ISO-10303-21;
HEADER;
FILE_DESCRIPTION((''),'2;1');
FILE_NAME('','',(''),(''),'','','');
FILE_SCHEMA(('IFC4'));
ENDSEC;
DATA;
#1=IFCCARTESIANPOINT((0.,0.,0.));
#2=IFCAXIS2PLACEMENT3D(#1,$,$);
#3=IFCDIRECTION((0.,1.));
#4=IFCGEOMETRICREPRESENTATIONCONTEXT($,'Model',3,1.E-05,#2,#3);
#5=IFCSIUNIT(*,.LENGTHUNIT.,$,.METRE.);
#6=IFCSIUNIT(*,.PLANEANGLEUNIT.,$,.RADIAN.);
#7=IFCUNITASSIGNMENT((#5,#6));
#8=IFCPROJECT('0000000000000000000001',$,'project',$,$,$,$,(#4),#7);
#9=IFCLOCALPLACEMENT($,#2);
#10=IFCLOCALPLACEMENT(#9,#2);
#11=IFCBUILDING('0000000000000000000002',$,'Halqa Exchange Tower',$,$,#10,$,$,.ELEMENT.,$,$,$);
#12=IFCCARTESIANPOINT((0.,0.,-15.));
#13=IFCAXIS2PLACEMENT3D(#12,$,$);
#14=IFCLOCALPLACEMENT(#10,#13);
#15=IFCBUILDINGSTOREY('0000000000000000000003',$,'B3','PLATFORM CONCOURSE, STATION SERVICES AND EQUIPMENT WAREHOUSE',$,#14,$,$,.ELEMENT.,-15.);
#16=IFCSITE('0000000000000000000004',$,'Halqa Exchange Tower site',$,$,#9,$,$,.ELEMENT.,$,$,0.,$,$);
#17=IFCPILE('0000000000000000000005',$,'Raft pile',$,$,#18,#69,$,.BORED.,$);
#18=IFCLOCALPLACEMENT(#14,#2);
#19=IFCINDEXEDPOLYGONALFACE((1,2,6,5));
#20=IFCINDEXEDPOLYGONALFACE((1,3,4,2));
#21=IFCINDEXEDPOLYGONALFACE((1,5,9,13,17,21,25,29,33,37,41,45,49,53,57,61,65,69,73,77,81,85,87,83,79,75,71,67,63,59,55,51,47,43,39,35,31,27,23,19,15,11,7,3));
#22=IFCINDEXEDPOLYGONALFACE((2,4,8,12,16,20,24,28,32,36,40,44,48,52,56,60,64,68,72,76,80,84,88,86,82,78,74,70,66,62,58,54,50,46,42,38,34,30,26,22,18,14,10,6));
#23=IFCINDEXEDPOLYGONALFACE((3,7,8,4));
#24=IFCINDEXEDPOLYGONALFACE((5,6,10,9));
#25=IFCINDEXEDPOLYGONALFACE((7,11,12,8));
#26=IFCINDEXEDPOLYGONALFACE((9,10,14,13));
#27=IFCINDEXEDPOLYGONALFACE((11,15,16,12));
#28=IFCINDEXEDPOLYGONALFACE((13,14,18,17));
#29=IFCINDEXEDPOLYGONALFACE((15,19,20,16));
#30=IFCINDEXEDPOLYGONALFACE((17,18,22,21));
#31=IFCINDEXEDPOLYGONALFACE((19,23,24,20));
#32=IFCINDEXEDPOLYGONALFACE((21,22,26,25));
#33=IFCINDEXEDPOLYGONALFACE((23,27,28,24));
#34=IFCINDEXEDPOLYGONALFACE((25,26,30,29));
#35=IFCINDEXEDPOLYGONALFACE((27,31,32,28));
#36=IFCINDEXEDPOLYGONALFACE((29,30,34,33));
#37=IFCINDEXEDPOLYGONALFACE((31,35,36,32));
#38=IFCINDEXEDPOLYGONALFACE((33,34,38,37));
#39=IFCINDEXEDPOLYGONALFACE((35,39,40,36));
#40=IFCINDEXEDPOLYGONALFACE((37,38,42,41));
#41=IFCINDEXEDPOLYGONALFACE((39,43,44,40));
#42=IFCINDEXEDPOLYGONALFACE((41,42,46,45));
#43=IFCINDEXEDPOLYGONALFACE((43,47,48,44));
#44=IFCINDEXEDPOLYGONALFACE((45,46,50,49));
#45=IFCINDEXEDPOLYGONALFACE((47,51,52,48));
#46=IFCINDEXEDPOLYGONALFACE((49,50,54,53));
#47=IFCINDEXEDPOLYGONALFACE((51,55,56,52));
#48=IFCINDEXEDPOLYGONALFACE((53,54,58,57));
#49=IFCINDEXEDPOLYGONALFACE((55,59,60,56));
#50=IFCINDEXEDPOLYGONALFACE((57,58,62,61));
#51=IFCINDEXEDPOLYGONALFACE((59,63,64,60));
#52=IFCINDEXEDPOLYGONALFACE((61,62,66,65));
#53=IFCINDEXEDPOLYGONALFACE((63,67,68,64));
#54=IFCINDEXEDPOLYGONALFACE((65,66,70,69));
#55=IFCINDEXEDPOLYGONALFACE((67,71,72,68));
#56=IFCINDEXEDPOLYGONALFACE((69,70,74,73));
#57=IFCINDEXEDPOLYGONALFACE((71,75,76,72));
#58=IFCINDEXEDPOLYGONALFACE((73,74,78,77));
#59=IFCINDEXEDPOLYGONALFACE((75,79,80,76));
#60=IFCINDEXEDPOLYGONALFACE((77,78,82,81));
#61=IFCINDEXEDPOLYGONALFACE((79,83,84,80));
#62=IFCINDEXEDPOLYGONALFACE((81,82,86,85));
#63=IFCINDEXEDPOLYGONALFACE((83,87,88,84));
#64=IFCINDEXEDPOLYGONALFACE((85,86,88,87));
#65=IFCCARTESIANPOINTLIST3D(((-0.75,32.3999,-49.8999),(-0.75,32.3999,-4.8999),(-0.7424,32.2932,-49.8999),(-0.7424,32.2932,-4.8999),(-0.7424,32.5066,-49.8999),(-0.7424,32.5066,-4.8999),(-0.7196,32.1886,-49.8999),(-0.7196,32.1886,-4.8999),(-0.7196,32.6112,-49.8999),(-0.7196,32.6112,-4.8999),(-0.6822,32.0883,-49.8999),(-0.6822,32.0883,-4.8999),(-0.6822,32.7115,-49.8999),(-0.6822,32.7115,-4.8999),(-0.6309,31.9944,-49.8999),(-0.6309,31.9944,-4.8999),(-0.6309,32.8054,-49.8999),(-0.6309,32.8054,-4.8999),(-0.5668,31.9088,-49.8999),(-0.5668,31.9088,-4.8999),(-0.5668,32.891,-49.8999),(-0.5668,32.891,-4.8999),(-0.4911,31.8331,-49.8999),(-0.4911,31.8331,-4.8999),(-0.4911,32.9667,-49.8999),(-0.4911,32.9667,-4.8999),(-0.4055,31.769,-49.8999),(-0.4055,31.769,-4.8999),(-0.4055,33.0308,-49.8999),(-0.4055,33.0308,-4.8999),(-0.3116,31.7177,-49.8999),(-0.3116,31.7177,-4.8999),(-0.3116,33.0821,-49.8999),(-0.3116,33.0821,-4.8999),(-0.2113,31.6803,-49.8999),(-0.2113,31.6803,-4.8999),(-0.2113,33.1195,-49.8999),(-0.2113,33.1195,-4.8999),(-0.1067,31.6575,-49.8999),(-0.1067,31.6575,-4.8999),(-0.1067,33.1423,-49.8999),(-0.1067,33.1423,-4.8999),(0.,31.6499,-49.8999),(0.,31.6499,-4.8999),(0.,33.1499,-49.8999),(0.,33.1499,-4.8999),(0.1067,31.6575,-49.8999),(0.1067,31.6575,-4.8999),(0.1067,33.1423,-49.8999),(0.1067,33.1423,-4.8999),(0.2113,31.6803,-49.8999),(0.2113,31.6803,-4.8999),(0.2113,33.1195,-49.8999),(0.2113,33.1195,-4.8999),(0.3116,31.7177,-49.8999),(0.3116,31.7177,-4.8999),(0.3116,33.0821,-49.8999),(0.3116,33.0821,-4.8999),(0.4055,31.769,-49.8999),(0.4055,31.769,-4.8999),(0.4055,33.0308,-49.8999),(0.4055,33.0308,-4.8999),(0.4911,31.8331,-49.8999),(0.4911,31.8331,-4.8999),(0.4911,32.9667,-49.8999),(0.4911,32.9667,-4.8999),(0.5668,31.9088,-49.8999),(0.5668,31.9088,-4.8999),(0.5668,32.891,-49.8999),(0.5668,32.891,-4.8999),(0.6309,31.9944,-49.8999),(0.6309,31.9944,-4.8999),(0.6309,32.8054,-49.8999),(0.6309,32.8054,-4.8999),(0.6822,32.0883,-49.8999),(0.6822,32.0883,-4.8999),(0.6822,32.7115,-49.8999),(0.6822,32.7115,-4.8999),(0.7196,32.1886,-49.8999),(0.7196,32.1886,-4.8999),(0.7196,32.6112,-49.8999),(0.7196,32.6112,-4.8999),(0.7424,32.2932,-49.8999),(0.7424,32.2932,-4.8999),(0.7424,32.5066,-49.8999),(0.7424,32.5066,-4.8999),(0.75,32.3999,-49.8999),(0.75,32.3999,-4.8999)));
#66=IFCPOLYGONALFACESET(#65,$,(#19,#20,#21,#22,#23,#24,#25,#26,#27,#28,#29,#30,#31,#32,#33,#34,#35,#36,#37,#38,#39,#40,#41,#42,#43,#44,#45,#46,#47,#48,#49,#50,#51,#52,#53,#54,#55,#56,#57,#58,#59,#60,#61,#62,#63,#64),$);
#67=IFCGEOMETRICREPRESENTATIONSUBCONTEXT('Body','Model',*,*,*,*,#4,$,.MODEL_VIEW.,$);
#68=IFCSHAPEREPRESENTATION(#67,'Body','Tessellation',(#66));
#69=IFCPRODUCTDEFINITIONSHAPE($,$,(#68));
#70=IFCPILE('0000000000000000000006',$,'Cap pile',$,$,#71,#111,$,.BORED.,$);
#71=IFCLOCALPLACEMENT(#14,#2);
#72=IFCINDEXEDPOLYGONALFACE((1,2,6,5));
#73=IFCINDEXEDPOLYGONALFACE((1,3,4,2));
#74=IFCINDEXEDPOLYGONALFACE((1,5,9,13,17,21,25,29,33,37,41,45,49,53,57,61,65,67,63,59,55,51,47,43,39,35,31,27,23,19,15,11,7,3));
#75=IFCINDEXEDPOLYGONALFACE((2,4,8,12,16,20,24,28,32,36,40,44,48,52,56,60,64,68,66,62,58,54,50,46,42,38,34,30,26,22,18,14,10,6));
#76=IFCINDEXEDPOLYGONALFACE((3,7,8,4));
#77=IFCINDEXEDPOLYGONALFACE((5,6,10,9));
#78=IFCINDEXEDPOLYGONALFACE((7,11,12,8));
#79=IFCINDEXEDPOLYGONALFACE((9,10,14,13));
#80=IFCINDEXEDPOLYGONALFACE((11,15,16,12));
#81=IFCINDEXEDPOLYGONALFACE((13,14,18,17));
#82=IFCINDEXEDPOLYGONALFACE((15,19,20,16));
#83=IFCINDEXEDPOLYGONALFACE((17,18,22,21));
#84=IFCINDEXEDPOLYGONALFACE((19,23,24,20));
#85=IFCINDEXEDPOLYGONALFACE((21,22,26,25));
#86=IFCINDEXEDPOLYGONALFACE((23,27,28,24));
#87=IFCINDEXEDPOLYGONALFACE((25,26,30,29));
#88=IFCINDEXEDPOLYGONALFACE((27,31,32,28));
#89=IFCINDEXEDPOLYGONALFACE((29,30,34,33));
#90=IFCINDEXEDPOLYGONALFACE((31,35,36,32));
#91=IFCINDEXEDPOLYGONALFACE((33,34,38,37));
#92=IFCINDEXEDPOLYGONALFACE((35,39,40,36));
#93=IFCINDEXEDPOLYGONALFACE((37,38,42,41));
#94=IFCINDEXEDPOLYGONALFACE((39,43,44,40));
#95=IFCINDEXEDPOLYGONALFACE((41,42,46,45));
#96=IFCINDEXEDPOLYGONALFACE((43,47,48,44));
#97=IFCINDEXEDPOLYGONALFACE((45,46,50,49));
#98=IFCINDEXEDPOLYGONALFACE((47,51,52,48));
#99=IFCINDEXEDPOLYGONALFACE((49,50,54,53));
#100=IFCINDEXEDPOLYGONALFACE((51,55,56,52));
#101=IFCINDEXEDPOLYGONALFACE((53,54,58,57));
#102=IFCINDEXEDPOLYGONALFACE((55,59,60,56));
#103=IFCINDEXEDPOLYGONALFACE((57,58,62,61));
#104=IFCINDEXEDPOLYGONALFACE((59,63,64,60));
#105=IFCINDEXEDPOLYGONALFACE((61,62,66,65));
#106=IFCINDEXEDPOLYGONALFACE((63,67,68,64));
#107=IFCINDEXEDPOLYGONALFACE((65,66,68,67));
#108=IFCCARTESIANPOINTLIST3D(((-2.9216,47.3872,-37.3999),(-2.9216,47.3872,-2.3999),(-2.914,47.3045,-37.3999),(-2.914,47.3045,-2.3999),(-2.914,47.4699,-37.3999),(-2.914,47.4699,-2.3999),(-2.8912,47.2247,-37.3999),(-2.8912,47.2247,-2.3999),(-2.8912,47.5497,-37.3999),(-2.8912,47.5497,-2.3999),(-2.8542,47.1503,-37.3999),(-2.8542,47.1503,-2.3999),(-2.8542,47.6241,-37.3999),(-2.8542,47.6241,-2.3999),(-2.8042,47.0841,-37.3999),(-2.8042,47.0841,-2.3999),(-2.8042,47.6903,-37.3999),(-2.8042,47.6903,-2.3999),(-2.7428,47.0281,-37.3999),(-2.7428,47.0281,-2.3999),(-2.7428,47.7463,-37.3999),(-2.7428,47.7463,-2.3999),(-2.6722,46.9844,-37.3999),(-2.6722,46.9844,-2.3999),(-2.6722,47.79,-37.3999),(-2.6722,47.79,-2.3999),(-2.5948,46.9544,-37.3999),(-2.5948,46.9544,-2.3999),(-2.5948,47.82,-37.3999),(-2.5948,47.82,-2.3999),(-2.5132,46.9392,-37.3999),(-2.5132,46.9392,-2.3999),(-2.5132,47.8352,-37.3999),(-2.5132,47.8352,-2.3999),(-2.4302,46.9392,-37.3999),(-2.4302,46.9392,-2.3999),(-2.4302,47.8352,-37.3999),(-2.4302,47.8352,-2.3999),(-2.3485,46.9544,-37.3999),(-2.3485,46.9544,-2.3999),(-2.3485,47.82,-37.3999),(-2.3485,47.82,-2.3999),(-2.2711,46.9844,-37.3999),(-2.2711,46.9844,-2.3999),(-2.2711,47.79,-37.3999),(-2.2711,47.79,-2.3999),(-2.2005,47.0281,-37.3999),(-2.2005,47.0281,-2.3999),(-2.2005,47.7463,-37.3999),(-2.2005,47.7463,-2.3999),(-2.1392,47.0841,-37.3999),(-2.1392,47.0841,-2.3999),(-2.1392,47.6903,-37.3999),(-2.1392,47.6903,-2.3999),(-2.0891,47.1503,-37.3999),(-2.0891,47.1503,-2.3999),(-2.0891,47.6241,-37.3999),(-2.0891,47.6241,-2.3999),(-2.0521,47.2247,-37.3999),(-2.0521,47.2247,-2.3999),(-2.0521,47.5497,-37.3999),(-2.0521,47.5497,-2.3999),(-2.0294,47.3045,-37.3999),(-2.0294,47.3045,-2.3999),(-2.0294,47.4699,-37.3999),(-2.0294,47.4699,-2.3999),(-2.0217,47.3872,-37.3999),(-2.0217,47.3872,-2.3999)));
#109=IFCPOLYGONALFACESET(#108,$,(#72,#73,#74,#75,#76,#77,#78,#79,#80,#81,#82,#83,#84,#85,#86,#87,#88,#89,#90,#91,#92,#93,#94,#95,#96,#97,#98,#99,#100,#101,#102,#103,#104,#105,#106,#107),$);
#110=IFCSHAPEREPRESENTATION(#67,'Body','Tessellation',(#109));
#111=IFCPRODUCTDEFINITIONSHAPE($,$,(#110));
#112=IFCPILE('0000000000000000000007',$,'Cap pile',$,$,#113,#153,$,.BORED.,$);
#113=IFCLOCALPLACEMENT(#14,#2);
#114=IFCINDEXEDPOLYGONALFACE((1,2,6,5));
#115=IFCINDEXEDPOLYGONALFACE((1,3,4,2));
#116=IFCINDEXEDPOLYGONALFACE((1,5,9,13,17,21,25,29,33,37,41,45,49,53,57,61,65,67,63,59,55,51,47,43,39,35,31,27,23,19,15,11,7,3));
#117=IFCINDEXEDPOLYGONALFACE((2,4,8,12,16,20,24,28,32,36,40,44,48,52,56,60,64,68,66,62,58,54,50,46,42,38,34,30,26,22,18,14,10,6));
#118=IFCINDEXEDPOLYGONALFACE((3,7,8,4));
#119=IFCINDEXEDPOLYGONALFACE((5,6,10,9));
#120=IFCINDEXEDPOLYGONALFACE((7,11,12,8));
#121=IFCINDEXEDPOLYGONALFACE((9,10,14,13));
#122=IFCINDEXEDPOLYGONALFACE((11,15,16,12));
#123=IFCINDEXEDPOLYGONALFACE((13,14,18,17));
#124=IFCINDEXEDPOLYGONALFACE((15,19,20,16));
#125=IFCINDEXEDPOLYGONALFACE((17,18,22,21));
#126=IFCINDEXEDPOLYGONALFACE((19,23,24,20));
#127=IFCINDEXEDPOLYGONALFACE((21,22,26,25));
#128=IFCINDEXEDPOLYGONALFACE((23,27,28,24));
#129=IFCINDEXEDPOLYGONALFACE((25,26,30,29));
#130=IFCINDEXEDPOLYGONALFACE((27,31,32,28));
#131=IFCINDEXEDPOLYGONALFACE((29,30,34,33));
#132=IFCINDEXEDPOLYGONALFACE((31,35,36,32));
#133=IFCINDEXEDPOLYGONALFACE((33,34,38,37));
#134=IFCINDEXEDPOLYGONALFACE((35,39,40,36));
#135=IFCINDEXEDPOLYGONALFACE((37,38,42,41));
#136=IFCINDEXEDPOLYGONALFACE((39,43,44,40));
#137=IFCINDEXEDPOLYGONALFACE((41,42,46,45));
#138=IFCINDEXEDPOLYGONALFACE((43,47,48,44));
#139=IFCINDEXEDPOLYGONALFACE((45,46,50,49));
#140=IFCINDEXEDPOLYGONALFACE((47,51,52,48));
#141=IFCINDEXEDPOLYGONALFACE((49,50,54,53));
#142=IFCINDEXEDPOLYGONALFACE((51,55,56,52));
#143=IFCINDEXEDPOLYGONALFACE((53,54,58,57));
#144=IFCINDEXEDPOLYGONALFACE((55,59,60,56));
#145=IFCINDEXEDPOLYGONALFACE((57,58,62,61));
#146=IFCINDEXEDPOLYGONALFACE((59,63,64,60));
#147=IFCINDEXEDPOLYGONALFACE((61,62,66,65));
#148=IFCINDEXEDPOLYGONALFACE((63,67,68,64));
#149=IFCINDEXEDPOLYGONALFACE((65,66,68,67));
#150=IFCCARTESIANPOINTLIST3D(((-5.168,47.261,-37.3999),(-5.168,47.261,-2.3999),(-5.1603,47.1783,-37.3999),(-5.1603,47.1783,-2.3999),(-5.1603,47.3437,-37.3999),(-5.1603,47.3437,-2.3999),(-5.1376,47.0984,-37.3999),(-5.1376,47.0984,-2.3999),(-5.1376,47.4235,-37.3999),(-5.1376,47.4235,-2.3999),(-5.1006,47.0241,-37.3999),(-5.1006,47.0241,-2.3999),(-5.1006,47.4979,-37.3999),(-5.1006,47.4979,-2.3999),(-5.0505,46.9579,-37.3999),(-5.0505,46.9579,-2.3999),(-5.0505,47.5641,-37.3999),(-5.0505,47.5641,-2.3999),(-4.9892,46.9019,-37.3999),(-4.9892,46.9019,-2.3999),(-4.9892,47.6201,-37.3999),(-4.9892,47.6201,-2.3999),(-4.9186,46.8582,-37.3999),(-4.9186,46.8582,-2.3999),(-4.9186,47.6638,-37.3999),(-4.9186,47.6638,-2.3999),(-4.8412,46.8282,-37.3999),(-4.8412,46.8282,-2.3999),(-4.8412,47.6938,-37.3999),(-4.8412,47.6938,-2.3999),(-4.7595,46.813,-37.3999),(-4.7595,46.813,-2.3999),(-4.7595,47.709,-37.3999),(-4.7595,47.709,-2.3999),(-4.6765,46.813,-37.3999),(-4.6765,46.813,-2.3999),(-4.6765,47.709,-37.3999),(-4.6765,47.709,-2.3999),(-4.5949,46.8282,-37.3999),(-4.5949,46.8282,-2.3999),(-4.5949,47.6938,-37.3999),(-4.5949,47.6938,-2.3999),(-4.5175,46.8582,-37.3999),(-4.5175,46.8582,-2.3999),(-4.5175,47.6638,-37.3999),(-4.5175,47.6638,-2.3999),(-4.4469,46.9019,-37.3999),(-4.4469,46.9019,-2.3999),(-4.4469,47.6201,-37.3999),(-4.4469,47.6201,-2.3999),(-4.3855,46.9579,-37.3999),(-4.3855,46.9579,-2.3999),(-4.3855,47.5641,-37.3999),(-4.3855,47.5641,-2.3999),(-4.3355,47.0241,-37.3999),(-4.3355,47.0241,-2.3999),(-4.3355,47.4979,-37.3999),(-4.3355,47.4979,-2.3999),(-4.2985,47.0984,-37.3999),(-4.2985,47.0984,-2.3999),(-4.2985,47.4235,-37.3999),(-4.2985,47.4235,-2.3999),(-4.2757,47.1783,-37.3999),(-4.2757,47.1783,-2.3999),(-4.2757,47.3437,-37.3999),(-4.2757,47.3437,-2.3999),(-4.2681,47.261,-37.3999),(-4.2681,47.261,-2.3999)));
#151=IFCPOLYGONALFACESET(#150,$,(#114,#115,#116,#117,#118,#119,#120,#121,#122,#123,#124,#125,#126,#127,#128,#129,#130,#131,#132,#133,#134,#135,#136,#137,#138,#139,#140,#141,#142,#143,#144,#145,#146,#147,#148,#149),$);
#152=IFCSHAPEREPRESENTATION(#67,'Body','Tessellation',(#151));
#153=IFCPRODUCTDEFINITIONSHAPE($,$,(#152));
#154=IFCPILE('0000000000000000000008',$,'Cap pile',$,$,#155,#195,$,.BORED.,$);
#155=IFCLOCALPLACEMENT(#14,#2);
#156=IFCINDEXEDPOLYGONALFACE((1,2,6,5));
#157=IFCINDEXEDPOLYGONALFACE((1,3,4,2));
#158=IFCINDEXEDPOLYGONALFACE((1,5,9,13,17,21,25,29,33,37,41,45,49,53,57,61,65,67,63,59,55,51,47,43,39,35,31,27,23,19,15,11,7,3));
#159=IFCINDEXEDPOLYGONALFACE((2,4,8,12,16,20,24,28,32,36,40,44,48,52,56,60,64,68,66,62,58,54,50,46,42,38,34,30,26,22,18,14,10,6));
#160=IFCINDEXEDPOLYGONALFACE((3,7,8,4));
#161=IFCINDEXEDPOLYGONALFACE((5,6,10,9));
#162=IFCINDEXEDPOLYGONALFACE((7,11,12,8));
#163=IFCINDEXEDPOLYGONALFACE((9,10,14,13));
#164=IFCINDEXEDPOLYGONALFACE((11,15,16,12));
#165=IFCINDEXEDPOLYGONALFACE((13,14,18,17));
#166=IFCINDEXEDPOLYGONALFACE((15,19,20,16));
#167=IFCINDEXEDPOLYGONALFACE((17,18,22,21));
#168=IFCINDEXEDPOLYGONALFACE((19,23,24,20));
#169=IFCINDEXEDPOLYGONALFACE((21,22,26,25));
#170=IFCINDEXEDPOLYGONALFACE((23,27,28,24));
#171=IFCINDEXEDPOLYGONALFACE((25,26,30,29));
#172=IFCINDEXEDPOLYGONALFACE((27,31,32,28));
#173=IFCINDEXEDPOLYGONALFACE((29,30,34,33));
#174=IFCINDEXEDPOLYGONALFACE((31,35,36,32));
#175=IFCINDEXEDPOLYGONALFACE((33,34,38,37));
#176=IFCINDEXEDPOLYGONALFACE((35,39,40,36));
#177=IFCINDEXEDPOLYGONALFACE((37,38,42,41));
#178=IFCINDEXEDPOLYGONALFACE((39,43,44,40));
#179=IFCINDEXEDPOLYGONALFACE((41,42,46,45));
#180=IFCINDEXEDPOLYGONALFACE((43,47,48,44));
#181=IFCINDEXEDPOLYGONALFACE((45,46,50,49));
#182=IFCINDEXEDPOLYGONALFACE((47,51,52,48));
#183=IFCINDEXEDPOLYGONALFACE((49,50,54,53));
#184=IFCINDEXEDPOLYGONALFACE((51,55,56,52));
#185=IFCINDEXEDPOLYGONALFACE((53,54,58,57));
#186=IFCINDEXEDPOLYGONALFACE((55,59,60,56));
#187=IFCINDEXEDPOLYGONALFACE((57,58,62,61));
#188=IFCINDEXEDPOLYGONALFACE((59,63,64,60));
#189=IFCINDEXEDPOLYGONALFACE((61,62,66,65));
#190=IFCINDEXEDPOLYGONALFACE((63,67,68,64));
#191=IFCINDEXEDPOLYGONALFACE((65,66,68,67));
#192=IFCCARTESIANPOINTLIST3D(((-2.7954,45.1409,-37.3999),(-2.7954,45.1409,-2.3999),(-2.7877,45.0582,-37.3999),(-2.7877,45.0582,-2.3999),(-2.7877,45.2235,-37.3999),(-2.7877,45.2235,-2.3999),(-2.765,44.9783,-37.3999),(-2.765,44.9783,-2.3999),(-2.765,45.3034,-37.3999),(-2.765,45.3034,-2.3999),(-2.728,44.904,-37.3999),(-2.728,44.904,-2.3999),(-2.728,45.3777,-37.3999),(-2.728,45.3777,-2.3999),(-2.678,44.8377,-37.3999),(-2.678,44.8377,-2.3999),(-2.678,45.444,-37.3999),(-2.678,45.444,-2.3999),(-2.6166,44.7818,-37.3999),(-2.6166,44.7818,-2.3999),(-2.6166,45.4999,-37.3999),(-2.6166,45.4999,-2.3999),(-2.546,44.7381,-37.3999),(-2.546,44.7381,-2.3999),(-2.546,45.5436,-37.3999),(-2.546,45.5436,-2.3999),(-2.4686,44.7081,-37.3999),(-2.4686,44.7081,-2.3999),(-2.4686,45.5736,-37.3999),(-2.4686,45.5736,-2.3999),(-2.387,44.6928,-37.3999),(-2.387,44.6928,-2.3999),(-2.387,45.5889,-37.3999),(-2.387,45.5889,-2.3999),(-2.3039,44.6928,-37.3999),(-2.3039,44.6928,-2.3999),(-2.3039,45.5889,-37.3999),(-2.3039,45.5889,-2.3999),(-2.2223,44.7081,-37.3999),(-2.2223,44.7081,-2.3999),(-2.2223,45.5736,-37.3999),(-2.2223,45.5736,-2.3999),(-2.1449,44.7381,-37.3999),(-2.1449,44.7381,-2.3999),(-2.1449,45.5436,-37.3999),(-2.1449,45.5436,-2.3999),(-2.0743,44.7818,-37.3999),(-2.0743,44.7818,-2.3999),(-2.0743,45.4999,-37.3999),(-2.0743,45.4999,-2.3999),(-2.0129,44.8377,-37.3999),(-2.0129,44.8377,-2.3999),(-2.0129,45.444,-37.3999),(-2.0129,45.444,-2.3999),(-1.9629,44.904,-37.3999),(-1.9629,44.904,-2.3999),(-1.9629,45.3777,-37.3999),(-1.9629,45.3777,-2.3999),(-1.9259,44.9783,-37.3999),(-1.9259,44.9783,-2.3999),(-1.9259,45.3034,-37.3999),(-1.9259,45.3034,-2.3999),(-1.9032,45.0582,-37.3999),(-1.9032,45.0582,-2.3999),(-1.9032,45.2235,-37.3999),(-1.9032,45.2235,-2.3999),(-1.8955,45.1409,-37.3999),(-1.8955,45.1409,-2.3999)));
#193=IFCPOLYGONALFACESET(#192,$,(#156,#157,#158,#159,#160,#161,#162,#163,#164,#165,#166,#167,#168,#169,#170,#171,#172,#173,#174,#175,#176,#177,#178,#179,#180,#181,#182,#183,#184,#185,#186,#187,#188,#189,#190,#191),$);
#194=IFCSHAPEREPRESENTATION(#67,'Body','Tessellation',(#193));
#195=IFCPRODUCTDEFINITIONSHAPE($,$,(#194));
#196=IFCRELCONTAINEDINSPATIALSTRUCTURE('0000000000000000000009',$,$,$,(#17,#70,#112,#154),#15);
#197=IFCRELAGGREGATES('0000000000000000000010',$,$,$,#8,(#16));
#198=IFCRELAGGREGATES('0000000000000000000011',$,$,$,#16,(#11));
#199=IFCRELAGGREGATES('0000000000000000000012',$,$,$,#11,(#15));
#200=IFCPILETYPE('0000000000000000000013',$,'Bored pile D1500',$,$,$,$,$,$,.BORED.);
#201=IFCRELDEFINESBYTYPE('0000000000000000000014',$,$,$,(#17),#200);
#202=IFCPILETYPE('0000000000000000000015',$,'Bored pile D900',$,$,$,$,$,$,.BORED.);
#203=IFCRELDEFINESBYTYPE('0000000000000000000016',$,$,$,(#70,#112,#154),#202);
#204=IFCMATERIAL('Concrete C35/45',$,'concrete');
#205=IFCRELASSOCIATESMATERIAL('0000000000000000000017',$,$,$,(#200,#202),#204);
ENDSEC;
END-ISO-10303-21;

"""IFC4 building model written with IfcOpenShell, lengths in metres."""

from ifc_helpers import new_model, si_unit, direction, frame, origin, origin_2d, place, context, subcontext, project, spatial, circle, extrude, material, material_profile, profile_set, type_object, element, save


model = new_model("IFC4")

# Units and contexts
model_context = context("Model", 3, precision=1e-05, world=origin(), true_north=direction((0.0, 1.0)))
body_context = subcontext(model_context, "Body", "Model", "MODEL_VIEW")
ifc_project = project(units=[si_unit("LENGTHUNIT", "METRE"), si_unit("PLANEANGLEUNIT", "RADIAN")], contexts=[model_context])

# Site, building, storey
site_placement = place(None, origin())
site = spatial("IfcSite", under=ifc_project, at=site_placement, Name="Halqa Exchange Tower site", CompositionType="ELEMENT", RefElevation=0.0)
building_placement = place(site_placement, origin())
building = spatial("IfcBuilding", under=site, at=building_placement, Name="Halqa Exchange Tower", CompositionType="ELEMENT")
storey_placement = place(building_placement, frame((0.0, 0.0, -15.0)))
storey = spatial("IfcBuildingStorey", under=building, at=storey_placement, Name="B3", Description="PLATFORM CONCOURSE, STATION SERVICES AND EQUIPMENT WAREHOUSE", CompositionType="ELEMENT", Elevation=-15.0)

# Piles
ifc_material_1 = material(Name="Concrete C35/45", Category="concrete")
ifc_material_profile_1 = material_profile(ifc_material_1, circle(Radius=0.75, at=origin_2d()), Name="D1500")
ifc_profile_set_1 = profile_set([ifc_material_profile_1], Name="Concrete C35/45")
pile_type_1 = type_object("IfcPileType", Name="Bored pile D1500", PredefinedType="BORED", material=ifc_profile_set_1)
pile_placement = place(storey_placement, frame((0.0, 32.3999, -4.8999), z_axis=(0.0, 0.0, -1.0), x_axis=(1.0, 0.0, 0.0)))
element("IfcPile", 1, at=pile_placement, inside=storey, type_object=pile_type_1, Name="Raft pile", PredefinedType="BORED", context=body_context, shape_type="SweptSolid", body=[
    extrude(circle(Radius=0.75, at=origin_2d()), origin(), (0.0, 0.0, 1.0), 45.0),
])
ifc_material_profile_2 = material_profile(ifc_material_1, circle(Radius=0.45, at=origin_2d()), Name="D900")
ifc_profile_set_2 = profile_set([ifc_material_profile_2], Name="Concrete C35/45")
pile_type_2 = type_object("IfcPileType", Name="Bored pile D900", PredefinedType="BORED", material=ifc_profile_set_2)
for number, where, z_axis, x_axis, name in (
    (2, (-2.4717, 47.3872, -2.3999), (0.0, 0.0, -1.0), (1.0, 0.0, 0.0), "Cap pile"),
    (3, (-4.718, 47.261, -2.3999), (0.0, 0.0, -1.0), (1.0, 0.0, 0.0), "Cap pile"),
    (4, (-2.3455, 45.1409, -2.3999), (0.0, 0.0, -1.0), (1.0, 0.0, 0.0), "Cap pile"),
):
    element("IfcPile", number, at=place(storey_placement, frame(where, z_axis=z_axis, x_axis=x_axis)), inside=storey, type_object=pile_type_2, Name=name, PredefinedType="BORED", context=body_context, shape_type="SweptSolid", body=[
        extrude(circle(Radius=0.45, at=origin_2d()), origin(), (0.0, 0.0, 1.0), 35.0),
    ])

save(model, "model.ifc")
